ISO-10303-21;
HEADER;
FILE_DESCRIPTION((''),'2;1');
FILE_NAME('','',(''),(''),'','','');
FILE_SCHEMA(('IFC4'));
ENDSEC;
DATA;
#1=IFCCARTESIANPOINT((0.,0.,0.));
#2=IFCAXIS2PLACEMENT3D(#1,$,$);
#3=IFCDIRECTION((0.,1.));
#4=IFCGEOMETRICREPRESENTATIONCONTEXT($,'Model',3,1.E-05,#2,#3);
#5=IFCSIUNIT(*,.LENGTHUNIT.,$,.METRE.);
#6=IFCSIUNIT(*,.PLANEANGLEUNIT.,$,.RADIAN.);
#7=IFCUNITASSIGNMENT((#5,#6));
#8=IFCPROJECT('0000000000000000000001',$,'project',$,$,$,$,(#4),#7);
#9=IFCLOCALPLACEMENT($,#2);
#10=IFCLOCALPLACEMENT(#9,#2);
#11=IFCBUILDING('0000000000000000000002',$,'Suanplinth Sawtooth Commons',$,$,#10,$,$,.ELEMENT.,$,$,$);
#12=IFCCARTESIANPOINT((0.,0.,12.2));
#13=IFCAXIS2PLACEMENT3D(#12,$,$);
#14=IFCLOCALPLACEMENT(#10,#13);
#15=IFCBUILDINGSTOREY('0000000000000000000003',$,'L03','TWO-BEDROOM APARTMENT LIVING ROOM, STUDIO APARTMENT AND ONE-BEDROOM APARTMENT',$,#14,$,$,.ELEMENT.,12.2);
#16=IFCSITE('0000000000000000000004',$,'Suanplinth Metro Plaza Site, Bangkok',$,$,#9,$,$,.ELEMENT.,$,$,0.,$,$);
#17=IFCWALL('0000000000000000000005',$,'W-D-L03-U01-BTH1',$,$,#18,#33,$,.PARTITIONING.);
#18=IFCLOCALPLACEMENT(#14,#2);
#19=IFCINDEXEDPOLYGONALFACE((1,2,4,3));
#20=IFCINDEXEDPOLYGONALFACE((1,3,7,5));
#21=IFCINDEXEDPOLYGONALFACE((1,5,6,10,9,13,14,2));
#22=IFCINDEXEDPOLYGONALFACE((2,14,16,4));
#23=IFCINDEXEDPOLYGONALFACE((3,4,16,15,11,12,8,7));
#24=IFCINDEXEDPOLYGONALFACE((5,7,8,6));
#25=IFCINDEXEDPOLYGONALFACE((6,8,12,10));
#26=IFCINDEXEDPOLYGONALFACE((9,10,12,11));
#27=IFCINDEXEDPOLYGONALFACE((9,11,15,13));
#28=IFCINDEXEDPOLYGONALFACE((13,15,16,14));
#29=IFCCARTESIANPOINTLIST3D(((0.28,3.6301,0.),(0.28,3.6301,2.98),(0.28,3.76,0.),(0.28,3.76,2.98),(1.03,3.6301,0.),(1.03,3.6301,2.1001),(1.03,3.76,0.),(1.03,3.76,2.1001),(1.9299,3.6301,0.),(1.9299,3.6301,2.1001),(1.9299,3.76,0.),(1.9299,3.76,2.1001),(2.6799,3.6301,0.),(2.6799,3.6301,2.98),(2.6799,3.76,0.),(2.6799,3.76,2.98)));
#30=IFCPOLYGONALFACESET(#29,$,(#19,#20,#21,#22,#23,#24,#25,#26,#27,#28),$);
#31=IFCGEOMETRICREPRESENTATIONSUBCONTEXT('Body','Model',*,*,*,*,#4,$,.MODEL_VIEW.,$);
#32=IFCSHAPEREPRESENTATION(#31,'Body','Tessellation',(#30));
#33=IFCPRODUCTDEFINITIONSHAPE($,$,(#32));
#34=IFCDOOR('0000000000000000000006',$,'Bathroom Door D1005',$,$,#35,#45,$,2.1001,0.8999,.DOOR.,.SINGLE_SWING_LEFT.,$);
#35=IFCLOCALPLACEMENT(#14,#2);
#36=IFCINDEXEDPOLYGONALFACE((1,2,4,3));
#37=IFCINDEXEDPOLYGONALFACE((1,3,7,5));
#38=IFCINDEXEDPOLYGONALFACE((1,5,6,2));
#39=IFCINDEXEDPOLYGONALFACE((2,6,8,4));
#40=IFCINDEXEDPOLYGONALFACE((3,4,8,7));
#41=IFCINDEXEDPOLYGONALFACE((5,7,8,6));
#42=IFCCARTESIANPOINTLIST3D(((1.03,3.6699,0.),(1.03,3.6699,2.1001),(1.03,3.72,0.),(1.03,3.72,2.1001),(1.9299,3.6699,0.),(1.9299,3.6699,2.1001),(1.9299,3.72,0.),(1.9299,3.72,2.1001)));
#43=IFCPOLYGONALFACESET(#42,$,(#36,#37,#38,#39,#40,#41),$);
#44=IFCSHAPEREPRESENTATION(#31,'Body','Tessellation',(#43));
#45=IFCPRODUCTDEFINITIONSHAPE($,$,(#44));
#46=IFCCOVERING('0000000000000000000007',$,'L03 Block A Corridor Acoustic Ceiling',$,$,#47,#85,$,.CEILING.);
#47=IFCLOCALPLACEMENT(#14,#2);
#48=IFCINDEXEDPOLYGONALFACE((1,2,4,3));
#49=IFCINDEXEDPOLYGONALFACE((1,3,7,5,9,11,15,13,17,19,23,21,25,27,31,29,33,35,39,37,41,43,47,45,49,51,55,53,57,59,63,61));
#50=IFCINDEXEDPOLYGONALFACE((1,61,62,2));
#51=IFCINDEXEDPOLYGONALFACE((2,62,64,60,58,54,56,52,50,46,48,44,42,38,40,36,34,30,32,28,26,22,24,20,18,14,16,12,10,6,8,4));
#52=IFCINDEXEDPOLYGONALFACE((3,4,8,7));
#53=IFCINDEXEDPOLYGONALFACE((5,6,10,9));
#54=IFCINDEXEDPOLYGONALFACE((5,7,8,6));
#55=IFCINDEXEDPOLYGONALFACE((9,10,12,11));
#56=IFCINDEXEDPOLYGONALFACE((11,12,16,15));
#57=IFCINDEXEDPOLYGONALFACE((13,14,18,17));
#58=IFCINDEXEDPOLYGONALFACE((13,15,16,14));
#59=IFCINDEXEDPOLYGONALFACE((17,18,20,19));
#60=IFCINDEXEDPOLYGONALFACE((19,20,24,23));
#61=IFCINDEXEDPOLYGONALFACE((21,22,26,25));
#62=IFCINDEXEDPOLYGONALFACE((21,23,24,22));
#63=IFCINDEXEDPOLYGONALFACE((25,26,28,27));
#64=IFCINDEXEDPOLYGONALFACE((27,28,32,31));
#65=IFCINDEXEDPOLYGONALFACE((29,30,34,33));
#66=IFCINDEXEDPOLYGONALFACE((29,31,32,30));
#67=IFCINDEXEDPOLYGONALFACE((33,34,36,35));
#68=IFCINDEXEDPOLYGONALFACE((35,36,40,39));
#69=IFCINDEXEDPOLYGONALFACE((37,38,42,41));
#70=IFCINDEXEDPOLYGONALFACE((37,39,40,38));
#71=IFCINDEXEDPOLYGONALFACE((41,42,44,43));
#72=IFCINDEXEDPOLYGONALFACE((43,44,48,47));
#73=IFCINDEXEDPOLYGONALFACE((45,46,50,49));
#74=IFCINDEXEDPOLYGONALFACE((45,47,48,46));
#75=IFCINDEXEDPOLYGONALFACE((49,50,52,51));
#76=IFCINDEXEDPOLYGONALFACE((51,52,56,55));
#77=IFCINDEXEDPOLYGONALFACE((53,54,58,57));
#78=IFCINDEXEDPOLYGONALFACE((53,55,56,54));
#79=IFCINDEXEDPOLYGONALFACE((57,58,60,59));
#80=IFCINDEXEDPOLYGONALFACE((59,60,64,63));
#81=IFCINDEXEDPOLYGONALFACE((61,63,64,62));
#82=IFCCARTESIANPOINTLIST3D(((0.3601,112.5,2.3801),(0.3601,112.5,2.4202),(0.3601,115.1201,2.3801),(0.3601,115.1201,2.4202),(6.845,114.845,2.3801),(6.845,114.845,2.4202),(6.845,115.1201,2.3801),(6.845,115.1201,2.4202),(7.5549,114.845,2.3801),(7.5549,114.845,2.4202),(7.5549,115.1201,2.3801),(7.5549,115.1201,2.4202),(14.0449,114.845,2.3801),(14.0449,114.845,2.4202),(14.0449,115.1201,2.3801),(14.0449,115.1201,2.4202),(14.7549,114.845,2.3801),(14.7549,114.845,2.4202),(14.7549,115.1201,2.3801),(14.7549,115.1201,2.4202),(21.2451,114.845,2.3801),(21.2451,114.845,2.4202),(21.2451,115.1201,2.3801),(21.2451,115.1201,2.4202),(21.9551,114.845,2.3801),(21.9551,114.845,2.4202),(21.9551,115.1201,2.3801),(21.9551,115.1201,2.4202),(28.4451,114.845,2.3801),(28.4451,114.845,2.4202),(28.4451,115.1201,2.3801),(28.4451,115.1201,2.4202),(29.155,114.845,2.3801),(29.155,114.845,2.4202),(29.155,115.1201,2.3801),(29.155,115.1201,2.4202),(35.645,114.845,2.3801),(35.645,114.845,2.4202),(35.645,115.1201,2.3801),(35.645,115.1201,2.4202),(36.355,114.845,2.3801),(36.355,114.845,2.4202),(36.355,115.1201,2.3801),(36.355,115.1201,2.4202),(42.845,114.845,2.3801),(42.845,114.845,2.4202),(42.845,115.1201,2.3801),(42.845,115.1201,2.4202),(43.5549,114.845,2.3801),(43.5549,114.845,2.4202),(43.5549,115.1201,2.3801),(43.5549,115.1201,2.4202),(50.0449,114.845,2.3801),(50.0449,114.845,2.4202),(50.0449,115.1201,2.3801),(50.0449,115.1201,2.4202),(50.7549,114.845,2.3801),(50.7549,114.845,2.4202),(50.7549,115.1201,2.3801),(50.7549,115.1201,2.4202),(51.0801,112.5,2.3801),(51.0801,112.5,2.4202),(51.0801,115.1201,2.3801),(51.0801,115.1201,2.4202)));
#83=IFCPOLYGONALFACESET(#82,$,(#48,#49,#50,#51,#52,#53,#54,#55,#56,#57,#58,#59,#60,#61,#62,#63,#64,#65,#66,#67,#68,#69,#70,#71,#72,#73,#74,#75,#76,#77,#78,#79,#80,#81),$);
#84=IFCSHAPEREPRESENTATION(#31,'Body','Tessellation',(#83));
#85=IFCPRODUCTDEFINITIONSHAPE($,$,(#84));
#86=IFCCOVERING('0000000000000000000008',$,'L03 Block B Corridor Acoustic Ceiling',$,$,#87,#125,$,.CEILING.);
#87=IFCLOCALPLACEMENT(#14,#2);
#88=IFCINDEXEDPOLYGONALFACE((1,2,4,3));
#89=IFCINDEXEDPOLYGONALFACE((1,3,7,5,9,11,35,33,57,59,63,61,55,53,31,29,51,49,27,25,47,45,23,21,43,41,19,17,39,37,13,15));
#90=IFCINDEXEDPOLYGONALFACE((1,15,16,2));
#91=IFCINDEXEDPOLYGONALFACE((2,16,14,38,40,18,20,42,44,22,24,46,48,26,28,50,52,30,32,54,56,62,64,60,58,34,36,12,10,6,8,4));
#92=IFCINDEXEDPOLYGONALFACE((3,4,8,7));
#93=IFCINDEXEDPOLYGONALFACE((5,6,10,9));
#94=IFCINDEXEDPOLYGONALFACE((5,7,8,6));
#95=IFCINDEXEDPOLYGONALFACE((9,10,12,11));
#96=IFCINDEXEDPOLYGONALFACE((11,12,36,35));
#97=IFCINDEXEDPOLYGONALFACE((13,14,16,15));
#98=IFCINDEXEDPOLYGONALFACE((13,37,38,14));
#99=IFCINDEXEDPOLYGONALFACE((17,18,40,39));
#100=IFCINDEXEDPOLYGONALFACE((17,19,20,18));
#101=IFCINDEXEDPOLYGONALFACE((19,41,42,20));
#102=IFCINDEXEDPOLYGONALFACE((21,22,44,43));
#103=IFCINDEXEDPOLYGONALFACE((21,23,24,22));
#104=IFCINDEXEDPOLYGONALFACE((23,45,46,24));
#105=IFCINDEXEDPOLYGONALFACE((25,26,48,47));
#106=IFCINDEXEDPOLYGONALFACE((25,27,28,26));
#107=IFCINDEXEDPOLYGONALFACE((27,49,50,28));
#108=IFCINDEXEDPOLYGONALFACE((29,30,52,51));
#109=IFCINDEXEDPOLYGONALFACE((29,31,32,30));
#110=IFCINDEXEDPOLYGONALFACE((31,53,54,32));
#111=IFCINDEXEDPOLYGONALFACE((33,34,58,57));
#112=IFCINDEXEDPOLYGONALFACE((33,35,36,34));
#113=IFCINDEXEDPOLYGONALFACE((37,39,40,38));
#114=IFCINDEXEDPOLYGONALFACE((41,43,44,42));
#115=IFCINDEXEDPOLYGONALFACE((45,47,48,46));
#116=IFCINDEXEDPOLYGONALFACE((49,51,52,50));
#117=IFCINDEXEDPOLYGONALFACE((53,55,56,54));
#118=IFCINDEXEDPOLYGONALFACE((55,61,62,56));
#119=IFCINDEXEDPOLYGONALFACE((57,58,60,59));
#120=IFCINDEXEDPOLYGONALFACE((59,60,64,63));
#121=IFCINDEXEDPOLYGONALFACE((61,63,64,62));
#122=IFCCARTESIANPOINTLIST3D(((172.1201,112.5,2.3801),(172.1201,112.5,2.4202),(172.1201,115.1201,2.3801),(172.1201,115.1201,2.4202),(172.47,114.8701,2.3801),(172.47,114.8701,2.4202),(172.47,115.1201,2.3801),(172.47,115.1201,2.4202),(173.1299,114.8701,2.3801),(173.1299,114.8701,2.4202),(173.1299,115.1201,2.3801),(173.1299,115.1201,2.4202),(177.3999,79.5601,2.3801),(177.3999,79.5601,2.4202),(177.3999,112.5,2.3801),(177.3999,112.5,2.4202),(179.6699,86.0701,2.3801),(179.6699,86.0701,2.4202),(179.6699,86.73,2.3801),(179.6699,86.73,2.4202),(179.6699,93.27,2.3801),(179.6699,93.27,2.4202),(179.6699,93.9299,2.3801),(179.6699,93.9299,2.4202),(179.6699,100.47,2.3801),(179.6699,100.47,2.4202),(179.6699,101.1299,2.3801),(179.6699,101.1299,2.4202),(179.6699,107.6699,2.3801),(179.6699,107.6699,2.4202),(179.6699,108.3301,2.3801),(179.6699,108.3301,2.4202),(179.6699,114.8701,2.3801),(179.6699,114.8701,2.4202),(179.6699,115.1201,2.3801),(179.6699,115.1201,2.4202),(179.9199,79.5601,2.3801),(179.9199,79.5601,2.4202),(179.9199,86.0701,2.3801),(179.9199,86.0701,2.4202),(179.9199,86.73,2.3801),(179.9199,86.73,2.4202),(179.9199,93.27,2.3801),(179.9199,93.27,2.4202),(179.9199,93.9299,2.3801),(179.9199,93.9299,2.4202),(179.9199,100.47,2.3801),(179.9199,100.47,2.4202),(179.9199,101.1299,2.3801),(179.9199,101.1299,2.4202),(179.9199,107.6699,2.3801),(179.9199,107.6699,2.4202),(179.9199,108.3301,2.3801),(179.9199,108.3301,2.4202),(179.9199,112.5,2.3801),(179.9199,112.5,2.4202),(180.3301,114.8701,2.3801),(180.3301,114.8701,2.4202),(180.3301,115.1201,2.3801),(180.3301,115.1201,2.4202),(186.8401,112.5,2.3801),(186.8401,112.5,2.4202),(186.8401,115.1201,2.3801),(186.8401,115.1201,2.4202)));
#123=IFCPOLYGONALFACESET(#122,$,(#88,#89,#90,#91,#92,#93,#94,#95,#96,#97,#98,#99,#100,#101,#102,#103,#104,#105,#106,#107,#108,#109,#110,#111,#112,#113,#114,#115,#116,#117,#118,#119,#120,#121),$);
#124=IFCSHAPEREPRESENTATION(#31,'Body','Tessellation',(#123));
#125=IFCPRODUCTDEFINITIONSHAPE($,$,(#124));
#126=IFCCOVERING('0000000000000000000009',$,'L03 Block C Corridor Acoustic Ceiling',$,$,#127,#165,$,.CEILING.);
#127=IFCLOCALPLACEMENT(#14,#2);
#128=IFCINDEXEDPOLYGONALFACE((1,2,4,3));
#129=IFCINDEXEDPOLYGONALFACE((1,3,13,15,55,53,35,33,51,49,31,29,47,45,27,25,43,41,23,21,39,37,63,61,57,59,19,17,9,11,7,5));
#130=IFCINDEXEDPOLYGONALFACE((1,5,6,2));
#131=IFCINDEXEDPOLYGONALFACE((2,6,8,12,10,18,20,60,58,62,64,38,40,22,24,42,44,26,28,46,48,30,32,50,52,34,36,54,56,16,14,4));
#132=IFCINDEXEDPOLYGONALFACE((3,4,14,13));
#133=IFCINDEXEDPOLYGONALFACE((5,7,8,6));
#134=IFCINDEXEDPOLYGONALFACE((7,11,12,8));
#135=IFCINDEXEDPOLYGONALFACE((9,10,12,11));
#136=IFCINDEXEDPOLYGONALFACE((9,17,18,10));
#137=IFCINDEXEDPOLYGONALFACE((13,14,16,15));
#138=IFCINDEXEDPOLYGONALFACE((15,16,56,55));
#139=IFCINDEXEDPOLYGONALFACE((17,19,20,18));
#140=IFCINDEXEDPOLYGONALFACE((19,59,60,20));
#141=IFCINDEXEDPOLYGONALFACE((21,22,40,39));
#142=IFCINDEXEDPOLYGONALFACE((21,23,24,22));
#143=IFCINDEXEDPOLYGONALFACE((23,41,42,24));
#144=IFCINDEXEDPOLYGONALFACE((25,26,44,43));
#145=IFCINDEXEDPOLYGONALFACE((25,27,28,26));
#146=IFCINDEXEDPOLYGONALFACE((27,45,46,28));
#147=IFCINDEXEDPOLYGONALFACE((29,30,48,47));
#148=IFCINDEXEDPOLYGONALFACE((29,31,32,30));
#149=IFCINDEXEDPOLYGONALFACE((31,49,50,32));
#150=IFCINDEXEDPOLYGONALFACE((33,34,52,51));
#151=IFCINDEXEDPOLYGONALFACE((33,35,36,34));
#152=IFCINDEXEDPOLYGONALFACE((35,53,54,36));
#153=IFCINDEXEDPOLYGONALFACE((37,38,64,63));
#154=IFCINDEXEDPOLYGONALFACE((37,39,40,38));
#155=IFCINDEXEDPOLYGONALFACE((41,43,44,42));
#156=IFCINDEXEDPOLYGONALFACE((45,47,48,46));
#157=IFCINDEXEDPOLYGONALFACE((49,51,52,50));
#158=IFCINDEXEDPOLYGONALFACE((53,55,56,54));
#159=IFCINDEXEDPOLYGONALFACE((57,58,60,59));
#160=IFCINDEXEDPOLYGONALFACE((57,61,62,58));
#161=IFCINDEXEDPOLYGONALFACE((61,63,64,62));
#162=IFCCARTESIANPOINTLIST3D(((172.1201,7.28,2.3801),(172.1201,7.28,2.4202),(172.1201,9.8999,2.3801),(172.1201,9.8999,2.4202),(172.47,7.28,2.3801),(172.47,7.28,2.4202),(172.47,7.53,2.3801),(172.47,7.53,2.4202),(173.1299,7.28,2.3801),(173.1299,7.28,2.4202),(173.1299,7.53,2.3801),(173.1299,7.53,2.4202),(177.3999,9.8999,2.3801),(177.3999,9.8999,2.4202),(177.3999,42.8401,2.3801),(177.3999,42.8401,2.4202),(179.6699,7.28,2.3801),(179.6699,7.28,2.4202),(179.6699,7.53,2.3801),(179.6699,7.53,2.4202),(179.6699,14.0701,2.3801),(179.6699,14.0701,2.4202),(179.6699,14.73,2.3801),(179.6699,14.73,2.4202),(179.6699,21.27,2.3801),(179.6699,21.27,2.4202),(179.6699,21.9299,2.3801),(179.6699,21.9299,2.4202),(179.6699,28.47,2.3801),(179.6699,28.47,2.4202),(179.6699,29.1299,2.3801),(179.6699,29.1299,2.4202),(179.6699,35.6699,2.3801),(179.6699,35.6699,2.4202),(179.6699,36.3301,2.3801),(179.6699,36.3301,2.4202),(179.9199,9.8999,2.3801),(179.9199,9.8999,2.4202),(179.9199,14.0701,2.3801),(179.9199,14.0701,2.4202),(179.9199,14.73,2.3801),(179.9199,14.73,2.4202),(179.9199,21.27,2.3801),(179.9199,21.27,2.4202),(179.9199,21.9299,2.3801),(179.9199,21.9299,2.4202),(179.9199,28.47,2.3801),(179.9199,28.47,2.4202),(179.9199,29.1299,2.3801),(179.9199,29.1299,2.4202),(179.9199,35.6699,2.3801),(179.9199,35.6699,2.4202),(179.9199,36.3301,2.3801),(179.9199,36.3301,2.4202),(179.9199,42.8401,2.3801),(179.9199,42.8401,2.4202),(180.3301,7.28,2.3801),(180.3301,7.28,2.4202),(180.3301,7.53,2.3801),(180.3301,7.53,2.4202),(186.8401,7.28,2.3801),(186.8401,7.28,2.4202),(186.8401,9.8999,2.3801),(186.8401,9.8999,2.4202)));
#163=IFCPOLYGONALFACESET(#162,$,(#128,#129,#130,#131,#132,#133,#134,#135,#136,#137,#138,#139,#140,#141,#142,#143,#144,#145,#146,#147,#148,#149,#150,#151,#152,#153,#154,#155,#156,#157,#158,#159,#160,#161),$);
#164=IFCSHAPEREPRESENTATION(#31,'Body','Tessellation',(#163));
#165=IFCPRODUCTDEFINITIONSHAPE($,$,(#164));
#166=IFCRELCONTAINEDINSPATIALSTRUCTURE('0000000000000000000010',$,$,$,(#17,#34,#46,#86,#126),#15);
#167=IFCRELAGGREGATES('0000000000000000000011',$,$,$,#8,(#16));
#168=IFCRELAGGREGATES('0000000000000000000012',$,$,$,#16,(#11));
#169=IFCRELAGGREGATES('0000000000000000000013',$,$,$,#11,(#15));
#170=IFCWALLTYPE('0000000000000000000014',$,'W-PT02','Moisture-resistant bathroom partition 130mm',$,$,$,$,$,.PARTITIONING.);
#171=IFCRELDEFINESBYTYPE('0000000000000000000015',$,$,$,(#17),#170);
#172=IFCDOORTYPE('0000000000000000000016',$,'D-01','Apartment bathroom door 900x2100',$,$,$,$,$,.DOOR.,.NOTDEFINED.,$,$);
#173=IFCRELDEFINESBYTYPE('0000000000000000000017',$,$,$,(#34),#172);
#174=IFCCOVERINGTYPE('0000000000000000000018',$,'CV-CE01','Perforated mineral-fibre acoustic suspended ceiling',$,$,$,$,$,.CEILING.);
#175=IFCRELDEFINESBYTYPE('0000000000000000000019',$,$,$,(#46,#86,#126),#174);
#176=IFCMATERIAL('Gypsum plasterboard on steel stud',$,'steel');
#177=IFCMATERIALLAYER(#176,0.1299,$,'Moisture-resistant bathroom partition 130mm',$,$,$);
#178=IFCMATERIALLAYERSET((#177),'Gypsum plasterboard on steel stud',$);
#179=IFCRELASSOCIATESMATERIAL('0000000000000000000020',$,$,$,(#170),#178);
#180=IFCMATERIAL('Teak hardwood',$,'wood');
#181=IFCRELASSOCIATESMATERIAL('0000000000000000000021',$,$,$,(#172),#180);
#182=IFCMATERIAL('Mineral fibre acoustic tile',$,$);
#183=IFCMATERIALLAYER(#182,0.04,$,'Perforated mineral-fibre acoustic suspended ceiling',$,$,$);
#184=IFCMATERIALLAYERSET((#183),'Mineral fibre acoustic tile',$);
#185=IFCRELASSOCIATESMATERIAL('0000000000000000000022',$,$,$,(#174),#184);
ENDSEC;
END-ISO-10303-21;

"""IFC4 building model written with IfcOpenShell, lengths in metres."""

from ifc_helpers import new_model, si_unit, direction, frame, frame_2d, origin, place, context, subcontext, project, spatial, polyline, rectangle, outline, extrude, material, layer, layer_set, type_object, element, fill, save


model = new_model("IFC4")

# Units and contexts
model_context = context("Model", 3, precision=1e-05, world=origin(), true_north=direction((0.0, 1.0)))
body_context = subcontext(model_context, "Body", "Model", "MODEL_VIEW")
ifc_project = project(units=[si_unit("LENGTHUNIT", "METRE"), si_unit("PLANEANGLEUNIT", "RADIAN")], contexts=[model_context])

# Site, building, storey
site_placement = place(None, origin())
site = spatial("IfcSite", under=ifc_project, at=site_placement, Name="Suanplinth Metro Plaza Site, Bangkok", CompositionType="ELEMENT", RefElevation=0.0)
building_placement = place(site_placement, origin())
building = spatial("IfcBuilding", under=site, at=building_placement, Name="Suanplinth Sawtooth Commons", CompositionType="ELEMENT")
storey_placement = place(building_placement, frame((0.0, 0.0, 12.2)))
storey = spatial("IfcBuildingStorey", under=building, at=storey_placement, Name="L03", Description="TWO-BEDROOM APARTMENT LIVING ROOM, STUDIO APARTMENT AND ONE-BEDROOM APARTMENT", CompositionType="ELEMENT", Elevation=12.2)

# Wall, opening, door
ifc_material_1 = material(Name="Gypsum plasterboard on steel stud", Category="steel")
ifc_layer_1 = layer(ifc_material_1, 0.1299, Name="Moisture-resistant bathroom partition 130mm")
ifc_layer_set_1 = layer_set([ifc_layer_1], Name="Gypsum plasterboard on steel stud")
wall_type_1 = type_object("IfcWallType", Name="W-PT02", Description="Moisture-resistant bathroom partition 130mm", PredefinedType="PARTITIONING", material=ifc_layer_set_1)
wall_1_placement = place(storey_placement, frame((0.28, 3.6951, 0.0), z_axis=(0.0, 0.0, 1.0), x_axis=(1.0, 0.0, 0.0)))
wall_1 = element("IfcWall", 1, at=wall_1_placement, inside=storey, type_object=wall_type_1, Name="W-D-L03-U01-BTH1", PredefinedType="PARTITIONING", context=body_context, shape_type="SweptSolid", body=[
    extrude(rectangle(XDim=2.3999, YDim=0.1299, at=frame_2d((1.2, 0.0))), origin(), (0.0, 0.0, 1.0), 2.98),
])
opening_1_placement = place(wall_1_placement, frame((0.75, 0.0, 0.0)))
opening_1 = element("IfcOpeningElement", 2, at=opening_1_placement, cuts=wall_1, PredefinedType="OPENING", context=body_context, shape_type="SweptSolid", body=[
    extrude(rectangle(XDim=0.8999, YDim=2.1001, at=frame_2d((0.45, 1.05))), frame((0.0, 0.0798, 0.0), z_axis=(0.0, -1.0, 0.0), x_axis=(1.0, 0.0, 0.0)), (0.0, 0.0, 1.0), 0.1597),
])
ifc_material_2 = material(Name="Teak hardwood", Category="wood")
door_type_1 = type_object("IfcDoorType", Name="D-01", Description="Apartment bathroom door 900x2100", OperationType="NOTDEFINED", PredefinedType="DOOR", material=ifc_material_2)
door_1_placement = place(opening_1_placement, origin())
door_1 = element("IfcDoor", 3, at=door_1_placement, inside=storey, type_object=door_type_1, Name="Bathroom Door D1005", OperationType="SINGLE_SWING_LEFT", OverallHeight=2.1001, OverallWidth=0.8999, PredefinedType="DOOR", context=body_context, shape_type="SweptSolid", body=[
    extrude(rectangle(XDim=0.8999, YDim=2.1001, at=frame_2d((0.45, 1.05))), frame((0.0, 0.0249, 0.0), z_axis=(0.0, -1.0, 0.0), x_axis=(1.0, 0.0, 0.0)), (0.0, 0.0, 1.0), 0.05),
])
fill(opening_1, door_1)

# Coverings
ifc_material_3 = material(Name="Mineral fibre acoustic tile")
ifc_layer_2 = layer(ifc_material_3, 0.04, Name="Perforated mineral-fibre acoustic suspended ceiling")
ifc_layer_set_2 = layer_set([ifc_layer_2], Name="Mineral fibre acoustic tile")
covering_type = type_object("IfcCoveringType", Name="CV-CE01", Description="Perforated mineral-fibre acoustic suspended ceiling", PredefinedType="CEILING", material=ifc_layer_set_2)
covering_1_placement = place(storey_placement, frame((0.0, 0.0, 2.3801)))
element("IfcCovering", 4, at=covering_1_placement, inside=storey, type_object=covering_type, Name="L03 Block A Corridor Acoustic Ceiling", PredefinedType="CEILING", context=body_context, shape_type="SweptSolid", body=[
    extrude(outline(polyline([(0.3601, 112.5), (0.3601, 115.1201), (6.845, 115.1201), (6.845, 114.845), (7.5549, 114.845), (7.5549, 115.1201), (14.0449, 115.1201), (14.0449, 114.845), (14.7549, 114.845), (14.7549, 115.1201), (21.2451, 115.1201), (21.2451, 114.845), (21.9551, 114.845), (21.9551, 115.1201), (28.4451, 115.1201), (28.4451, 114.845), (29.155, 114.845), (29.155, 115.1201), (35.645, 115.1201), (35.645, 114.845), (36.355, 114.845), (36.355, 115.1201), (42.845, 115.1201), (42.845, 114.845), (43.5549, 114.845), (43.5549, 115.1201), (50.0449, 115.1201), (50.0449, 114.845), (50.7549, 114.845), (50.7549, 115.1201), (51.0801, 115.1201), (51.0801, 112.5), (0.3601, 112.5)])), origin(), (0.0, 0.0, 1.0), 0.04),
])
covering_2_placement = place(storey_placement, frame((0.0, 0.0, 2.3801)))
element("IfcCovering", 5, at=covering_2_placement, inside=storey, type_object=covering_type, Name="L03 Block B Corridor Acoustic Ceiling", PredefinedType="CEILING", context=body_context, shape_type="SweptSolid", body=[
    extrude(outline(polyline([(172.47, 115.1201), (172.47, 114.8701), (173.1299, 114.8701), (173.1299, 115.1201), (179.6699, 115.1201), (179.6699, 114.8701), (180.3301, 114.8701), (180.3301, 115.1201), (186.8401, 115.1201), (186.8401, 112.5), (179.9199, 112.5), (179.9199, 108.3301), (179.6699, 108.3301), (179.6699, 107.6699), (179.9199, 107.6699), (179.9199, 101.1299), (179.6699, 101.1299), (179.6699, 100.47), (179.9199, 100.47), (179.9199, 93.9299), (179.6699, 93.9299), (179.6699, 93.27), (179.9199, 93.27), (179.9199, 86.73), (179.6699, 86.73), (179.6699, 86.0701), (179.9199, 86.0701), (179.9199, 79.5601), (177.3999, 79.5601), (177.3999, 112.5), (172.1201, 112.5), (172.1201, 115.1201), (172.47, 115.1201)])), origin(), (0.0, 0.0, 1.0), 0.04),
])
covering_3_placement = place(storey_placement, frame((0.0, 0.0, 2.3801)))
element("IfcCovering", 6, at=covering_3_placement, inside=storey, type_object=covering_type, Name="L03 Block C Corridor Acoustic Ceiling", PredefinedType="CEILING", context=body_context, shape_type="SweptSolid", body=[
    extrude(outline(polyline([(172.1201, 9.8999), (177.3999, 9.8999), (177.3999, 42.8401), (179.9199, 42.8401), (179.9199, 36.3301), (179.6699, 36.3301), (179.6699, 35.6699), (179.9199, 35.6699), (179.9199, 29.1299), (179.6699, 29.1299), (179.6699, 28.47), (179.9199, 28.47), (179.9199, 21.9299), (179.6699, 21.9299), (179.6699, 21.27), (179.9199, 21.27), (179.9199, 14.73), (179.6699, 14.73), (179.6699, 14.0701), (179.9199, 14.0701), (179.9199, 9.8999), (186.8401, 9.8999), (186.8401, 7.28), (180.3301, 7.28), (180.3301, 7.53), (179.6699, 7.53), (179.6699, 7.28), (173.1299, 7.28), (173.1299, 7.53), (172.47, 7.53), (172.47, 7.28), (172.1201, 7.28), (172.1201, 9.8999)])), origin(), (0.0, 0.0, 1.0), 0.04),
])

save(model, "model.ifc")
